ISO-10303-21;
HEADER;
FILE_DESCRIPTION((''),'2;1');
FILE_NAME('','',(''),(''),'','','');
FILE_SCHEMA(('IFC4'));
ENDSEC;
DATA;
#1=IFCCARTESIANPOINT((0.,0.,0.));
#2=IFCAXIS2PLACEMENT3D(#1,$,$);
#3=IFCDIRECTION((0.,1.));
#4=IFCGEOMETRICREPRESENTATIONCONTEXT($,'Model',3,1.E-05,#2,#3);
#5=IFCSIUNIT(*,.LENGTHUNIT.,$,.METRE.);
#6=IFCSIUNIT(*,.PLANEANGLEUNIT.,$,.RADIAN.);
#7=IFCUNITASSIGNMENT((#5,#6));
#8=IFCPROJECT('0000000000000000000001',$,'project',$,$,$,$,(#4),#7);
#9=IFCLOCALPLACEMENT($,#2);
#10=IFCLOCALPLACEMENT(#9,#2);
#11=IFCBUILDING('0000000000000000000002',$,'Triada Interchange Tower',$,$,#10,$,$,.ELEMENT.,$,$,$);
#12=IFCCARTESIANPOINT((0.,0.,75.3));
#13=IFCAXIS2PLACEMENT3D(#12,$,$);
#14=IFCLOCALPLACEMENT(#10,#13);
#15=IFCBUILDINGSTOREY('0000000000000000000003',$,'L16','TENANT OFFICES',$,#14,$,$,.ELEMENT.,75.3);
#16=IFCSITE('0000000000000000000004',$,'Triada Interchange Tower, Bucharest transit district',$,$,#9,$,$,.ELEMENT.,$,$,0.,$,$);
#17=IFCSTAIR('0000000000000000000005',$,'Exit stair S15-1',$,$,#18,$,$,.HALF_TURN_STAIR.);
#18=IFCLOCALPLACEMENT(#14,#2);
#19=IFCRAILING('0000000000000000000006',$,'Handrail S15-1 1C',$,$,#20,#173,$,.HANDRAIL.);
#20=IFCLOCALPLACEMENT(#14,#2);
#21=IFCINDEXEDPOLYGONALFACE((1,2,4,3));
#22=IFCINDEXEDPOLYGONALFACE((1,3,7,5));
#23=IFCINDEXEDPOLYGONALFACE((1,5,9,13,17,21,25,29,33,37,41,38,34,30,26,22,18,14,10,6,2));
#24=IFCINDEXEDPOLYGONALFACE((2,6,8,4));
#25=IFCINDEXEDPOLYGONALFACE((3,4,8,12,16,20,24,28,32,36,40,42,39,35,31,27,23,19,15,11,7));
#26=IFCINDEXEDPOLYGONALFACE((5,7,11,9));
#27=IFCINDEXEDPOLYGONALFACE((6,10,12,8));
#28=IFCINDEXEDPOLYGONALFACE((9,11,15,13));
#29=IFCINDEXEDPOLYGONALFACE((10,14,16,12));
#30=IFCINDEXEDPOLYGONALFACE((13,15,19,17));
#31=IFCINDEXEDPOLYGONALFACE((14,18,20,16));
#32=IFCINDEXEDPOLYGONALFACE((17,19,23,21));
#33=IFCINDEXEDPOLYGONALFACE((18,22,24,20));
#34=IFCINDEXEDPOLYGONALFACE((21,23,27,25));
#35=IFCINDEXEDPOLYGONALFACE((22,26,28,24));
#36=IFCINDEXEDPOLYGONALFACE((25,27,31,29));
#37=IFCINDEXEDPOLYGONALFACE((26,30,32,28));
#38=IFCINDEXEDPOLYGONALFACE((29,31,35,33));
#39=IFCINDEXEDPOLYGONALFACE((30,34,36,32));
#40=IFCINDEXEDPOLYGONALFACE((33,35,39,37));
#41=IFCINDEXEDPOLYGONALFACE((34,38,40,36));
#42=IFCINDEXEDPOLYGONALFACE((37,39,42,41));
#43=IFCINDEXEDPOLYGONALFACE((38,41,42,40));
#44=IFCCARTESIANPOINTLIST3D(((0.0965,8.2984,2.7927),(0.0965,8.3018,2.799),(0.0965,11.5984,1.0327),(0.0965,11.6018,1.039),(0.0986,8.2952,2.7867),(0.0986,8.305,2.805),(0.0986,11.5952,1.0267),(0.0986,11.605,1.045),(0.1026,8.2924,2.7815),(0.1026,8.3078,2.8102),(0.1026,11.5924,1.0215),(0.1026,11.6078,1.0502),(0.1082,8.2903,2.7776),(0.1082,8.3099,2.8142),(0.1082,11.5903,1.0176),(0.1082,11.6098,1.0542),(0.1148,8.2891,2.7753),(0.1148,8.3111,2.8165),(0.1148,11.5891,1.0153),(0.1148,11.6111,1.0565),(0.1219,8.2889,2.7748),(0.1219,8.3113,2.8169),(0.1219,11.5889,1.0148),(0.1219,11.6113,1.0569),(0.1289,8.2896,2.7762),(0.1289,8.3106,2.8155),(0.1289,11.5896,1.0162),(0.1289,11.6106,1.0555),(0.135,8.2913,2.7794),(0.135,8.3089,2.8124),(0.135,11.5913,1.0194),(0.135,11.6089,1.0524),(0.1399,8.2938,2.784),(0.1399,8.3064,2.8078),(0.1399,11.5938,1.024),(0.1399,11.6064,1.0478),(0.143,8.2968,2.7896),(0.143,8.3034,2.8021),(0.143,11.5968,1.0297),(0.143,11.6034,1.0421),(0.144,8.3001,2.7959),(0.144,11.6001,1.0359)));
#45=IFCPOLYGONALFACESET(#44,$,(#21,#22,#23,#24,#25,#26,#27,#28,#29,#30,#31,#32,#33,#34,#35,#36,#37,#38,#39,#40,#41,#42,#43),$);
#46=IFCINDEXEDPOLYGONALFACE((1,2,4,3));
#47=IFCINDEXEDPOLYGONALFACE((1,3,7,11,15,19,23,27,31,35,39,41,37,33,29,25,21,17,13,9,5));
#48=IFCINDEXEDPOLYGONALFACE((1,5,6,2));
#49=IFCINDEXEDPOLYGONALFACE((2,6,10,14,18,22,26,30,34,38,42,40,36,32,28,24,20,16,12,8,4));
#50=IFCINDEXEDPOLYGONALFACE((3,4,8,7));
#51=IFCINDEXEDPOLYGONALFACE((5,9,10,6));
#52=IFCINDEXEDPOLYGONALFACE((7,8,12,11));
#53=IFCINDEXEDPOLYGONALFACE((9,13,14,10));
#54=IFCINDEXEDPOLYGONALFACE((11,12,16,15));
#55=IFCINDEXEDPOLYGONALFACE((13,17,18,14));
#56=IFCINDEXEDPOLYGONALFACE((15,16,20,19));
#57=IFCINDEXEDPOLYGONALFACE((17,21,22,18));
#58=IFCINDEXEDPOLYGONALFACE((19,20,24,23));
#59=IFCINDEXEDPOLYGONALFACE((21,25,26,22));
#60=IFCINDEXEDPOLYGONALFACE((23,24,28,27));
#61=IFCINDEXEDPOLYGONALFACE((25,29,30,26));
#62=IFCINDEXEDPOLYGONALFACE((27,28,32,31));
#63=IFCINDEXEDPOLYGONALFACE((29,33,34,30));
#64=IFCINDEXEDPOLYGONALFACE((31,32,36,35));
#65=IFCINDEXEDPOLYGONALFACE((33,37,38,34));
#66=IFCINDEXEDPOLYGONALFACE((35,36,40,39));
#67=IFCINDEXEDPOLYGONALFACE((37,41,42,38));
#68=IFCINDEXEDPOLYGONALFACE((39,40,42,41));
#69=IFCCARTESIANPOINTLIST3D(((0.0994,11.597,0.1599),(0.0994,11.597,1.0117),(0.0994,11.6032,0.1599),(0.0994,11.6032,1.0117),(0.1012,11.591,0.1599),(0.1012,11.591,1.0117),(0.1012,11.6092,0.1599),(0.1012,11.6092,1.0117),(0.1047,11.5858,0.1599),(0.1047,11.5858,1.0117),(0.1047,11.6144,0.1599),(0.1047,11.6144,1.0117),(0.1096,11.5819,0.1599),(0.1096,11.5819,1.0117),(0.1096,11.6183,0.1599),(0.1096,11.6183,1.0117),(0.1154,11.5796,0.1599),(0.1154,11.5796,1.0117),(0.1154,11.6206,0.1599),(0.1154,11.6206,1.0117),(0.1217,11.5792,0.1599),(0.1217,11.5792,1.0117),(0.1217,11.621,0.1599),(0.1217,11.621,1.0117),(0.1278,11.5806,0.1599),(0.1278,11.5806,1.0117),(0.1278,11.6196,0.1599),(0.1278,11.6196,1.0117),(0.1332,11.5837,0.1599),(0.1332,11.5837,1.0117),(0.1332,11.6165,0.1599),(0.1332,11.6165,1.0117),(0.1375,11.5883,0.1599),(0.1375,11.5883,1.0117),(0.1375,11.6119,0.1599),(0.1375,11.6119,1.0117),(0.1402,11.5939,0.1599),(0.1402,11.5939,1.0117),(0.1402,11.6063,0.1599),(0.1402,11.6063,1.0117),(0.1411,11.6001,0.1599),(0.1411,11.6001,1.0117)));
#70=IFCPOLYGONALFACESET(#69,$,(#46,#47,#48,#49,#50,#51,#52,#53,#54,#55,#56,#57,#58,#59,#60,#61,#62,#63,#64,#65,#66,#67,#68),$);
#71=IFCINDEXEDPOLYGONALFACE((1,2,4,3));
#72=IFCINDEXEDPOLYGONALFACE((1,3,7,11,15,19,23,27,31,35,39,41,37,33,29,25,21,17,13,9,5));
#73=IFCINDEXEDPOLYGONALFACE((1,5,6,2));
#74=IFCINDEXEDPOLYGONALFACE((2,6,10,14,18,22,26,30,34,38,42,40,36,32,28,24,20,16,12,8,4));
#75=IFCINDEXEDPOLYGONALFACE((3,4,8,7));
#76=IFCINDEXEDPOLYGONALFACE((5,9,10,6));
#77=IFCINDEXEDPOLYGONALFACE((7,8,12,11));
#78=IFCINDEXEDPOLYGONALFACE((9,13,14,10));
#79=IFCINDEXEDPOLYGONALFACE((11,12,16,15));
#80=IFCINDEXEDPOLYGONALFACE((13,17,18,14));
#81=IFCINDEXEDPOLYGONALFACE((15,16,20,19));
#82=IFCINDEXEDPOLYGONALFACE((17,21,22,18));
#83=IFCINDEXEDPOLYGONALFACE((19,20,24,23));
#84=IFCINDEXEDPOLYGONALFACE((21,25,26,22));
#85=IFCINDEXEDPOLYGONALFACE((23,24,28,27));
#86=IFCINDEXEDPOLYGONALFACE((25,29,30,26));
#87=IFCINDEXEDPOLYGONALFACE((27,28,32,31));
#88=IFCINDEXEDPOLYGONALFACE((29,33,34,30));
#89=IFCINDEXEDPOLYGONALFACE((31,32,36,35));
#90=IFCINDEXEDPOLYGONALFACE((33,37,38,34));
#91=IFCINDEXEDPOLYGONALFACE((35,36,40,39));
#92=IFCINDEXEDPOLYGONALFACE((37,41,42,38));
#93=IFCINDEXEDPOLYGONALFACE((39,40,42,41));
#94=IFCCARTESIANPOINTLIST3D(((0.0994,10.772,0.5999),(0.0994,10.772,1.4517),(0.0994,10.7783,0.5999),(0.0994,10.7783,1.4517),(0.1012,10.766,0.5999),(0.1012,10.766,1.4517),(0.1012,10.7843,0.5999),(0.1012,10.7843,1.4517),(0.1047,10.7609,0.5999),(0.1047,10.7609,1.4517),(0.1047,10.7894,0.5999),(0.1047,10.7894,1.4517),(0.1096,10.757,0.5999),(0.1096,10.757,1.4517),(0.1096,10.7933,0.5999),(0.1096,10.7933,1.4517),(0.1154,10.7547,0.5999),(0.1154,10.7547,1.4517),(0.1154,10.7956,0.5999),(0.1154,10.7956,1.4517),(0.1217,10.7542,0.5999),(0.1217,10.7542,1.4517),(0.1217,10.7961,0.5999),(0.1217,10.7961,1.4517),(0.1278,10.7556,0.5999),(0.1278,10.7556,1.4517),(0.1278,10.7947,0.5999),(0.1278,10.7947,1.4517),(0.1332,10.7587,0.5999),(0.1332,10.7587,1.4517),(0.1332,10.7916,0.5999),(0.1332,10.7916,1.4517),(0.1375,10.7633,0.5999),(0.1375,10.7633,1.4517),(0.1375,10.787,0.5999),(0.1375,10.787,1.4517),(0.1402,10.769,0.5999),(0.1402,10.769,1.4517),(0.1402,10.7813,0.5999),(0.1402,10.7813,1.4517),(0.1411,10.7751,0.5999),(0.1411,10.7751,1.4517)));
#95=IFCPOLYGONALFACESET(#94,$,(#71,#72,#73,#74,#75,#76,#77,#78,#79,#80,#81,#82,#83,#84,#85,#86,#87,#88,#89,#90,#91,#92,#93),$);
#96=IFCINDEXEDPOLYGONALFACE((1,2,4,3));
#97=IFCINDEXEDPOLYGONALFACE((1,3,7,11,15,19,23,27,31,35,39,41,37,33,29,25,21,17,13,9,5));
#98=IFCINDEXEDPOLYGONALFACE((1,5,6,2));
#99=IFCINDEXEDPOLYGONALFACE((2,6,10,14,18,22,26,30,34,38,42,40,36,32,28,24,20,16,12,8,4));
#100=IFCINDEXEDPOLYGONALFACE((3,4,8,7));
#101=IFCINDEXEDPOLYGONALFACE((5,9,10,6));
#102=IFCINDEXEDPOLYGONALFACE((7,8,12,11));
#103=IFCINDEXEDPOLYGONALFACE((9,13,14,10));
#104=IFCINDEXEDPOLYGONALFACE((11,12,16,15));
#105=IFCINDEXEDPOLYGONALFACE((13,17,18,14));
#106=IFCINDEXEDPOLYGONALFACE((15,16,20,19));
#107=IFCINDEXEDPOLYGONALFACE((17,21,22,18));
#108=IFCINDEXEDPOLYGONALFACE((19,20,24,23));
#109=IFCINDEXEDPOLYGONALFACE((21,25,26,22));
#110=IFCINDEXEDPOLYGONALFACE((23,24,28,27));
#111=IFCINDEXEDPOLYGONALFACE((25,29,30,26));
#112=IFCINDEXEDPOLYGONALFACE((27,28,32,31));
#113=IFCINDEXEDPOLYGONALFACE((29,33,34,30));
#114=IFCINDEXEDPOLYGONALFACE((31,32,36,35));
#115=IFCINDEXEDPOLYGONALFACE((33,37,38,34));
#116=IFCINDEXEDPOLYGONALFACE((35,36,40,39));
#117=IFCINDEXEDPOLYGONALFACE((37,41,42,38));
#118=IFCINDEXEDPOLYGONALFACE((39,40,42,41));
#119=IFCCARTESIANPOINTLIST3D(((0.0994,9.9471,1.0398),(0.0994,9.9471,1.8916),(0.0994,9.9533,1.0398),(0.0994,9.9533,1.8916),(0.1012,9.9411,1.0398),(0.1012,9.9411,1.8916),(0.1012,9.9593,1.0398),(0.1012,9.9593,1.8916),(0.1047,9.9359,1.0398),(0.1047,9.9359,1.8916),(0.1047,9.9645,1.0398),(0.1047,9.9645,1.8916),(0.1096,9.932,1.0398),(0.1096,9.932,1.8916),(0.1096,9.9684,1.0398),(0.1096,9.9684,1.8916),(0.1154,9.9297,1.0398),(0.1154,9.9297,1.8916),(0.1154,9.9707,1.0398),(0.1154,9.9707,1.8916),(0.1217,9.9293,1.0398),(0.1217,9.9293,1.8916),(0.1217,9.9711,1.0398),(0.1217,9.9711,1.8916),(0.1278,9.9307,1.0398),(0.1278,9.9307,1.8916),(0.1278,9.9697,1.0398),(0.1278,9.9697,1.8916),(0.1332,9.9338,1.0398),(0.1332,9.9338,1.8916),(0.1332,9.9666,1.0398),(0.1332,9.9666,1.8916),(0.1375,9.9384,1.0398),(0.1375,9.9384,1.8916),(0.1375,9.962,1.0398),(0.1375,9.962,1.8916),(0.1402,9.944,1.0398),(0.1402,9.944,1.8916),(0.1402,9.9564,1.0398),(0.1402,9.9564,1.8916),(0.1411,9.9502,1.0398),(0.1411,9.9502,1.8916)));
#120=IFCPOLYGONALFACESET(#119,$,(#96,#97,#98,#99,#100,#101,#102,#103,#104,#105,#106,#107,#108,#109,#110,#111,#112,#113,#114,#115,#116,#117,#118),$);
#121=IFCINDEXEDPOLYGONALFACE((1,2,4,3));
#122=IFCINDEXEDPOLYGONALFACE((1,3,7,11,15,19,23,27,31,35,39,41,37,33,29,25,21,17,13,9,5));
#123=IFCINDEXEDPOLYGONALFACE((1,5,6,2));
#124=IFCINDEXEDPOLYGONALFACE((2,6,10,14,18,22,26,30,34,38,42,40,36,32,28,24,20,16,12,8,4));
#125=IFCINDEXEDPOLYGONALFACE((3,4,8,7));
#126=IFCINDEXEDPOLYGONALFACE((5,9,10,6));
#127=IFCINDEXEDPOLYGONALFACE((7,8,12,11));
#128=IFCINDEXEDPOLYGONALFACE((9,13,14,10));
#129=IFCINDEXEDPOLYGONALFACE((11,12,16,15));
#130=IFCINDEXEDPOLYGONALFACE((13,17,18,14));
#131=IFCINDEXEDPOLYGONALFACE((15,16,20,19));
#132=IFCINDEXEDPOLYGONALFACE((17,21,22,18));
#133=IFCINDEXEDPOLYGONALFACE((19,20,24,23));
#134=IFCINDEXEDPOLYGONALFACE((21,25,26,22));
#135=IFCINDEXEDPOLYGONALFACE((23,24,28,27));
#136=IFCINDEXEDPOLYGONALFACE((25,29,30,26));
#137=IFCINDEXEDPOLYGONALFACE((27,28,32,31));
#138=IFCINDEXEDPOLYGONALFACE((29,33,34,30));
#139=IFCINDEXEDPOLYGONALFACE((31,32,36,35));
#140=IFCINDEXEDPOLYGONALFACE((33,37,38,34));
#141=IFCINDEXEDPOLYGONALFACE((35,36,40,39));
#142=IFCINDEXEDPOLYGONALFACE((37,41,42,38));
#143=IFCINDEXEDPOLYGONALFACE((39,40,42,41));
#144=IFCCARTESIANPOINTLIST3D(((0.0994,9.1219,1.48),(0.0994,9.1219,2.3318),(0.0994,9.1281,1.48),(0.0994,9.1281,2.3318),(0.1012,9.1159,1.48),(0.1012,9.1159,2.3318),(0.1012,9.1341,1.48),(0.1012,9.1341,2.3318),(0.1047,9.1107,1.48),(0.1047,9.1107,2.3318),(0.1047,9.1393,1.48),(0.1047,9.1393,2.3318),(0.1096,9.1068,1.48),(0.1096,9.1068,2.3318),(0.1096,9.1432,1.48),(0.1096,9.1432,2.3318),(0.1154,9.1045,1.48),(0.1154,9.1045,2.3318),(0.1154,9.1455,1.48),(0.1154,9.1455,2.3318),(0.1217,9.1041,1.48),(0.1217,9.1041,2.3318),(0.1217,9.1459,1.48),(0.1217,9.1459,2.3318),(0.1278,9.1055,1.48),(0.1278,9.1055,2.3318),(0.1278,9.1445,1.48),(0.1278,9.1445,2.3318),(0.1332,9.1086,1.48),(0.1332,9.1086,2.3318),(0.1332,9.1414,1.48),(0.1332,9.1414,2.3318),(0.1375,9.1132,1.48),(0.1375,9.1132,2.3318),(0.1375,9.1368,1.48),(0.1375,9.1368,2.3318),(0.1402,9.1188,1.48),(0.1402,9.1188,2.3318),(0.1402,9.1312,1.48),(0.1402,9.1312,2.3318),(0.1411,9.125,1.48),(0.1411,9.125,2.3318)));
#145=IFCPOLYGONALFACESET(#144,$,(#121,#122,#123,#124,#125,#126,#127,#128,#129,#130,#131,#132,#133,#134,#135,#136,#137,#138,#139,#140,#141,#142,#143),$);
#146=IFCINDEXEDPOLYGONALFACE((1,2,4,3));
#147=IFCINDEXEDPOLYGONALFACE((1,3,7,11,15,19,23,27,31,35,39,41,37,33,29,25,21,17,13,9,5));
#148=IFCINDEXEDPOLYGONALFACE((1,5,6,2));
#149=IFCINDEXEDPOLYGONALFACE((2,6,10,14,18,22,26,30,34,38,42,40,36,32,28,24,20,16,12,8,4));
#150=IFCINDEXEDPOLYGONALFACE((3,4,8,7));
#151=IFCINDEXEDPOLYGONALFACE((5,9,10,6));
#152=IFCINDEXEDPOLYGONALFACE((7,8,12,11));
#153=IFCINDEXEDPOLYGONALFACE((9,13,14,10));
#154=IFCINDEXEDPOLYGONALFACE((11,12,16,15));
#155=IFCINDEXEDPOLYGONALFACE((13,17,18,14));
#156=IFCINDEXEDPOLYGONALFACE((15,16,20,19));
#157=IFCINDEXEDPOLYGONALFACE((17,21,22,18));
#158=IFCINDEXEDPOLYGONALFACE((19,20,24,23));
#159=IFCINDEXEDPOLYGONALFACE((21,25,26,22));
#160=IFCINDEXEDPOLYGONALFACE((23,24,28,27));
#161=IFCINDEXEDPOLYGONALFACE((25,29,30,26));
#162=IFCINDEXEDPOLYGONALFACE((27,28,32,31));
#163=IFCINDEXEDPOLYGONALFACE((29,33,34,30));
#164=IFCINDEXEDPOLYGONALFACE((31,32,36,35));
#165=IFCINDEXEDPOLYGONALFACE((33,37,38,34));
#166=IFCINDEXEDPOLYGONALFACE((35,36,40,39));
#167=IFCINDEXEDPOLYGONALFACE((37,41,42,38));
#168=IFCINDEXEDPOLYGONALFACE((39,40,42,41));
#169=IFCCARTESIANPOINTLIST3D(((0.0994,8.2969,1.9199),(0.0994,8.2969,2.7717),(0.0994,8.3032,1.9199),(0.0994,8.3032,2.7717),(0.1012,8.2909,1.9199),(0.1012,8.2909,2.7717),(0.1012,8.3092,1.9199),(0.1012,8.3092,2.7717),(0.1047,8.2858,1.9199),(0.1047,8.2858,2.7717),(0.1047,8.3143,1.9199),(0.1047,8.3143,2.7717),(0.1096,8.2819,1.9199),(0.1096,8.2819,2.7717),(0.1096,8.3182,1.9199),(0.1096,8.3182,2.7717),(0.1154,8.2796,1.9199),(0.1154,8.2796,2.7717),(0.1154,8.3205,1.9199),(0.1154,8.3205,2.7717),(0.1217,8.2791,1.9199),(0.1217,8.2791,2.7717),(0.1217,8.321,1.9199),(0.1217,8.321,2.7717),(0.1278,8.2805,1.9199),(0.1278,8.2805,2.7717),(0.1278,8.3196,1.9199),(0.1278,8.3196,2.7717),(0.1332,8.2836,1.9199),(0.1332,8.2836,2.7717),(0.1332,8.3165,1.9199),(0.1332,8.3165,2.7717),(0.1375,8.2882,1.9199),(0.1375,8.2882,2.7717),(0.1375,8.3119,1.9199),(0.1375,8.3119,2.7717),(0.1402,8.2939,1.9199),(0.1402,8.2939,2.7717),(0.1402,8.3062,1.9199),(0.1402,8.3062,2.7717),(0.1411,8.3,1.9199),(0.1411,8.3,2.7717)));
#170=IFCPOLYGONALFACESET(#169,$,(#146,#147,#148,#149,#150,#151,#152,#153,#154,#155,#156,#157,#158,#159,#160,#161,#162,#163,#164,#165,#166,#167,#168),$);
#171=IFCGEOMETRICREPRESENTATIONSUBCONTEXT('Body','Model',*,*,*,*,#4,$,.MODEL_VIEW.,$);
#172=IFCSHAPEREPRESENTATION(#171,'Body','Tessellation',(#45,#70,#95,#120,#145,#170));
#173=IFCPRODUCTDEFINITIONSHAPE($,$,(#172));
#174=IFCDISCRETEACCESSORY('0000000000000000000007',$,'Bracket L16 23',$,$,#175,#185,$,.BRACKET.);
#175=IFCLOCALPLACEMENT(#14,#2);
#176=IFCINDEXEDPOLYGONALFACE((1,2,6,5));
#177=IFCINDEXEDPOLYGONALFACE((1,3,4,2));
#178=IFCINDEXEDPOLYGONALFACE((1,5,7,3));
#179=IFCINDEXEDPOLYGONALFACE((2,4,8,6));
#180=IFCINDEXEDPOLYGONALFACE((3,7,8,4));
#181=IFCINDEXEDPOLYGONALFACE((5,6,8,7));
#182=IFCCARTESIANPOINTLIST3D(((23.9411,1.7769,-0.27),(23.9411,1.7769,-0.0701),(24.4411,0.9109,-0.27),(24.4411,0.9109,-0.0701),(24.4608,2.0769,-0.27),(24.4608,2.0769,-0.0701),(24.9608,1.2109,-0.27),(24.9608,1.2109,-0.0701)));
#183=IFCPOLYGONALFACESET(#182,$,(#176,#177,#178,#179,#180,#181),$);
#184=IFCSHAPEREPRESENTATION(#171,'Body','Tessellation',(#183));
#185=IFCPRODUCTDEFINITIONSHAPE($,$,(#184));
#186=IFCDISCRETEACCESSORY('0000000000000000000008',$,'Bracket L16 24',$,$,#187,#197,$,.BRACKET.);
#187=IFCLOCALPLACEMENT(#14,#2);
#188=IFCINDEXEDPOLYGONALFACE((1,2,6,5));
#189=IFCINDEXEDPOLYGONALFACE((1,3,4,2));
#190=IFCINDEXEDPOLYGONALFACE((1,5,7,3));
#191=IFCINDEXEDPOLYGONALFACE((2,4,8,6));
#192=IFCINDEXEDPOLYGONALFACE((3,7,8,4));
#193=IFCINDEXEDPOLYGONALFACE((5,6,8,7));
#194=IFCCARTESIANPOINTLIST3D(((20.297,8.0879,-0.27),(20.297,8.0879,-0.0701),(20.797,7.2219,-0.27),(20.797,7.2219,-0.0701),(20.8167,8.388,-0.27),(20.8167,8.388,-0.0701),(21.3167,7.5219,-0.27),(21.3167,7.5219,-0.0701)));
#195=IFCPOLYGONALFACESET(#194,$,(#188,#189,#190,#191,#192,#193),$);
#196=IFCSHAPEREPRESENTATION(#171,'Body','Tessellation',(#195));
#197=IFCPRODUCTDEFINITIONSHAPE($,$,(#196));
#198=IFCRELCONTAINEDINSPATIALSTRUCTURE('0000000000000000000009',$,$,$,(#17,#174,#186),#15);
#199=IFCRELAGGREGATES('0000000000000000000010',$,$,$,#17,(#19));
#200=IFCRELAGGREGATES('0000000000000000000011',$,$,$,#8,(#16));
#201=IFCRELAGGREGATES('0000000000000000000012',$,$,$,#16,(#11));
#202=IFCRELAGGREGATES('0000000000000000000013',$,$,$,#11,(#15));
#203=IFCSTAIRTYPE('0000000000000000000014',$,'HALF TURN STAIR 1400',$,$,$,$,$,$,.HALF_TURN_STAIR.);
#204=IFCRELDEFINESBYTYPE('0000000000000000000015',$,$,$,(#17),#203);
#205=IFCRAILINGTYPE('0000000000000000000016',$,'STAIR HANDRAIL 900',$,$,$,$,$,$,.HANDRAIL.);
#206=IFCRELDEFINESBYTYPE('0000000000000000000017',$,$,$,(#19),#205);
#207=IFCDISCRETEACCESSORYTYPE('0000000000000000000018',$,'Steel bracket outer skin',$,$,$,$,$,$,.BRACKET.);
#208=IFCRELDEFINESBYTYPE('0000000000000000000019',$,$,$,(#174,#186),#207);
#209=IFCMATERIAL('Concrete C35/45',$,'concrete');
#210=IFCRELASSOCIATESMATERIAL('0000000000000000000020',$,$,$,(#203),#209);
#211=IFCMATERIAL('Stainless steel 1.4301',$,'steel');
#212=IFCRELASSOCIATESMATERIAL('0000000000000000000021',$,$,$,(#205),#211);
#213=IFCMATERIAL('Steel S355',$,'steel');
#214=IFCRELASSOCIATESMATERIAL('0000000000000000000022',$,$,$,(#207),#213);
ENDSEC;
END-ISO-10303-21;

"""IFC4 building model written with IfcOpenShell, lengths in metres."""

from ifc_helpers import new_model, si_unit, direction, frame, origin, origin_2d, place, context, subcontext, project, spatial, rectangle, circle, extrude, material, type_object, element, aggregate, save


model = new_model("IFC4")

# Units and contexts
model_context = context("Model", 3, precision=1e-05, world=origin(), true_north=direction((0.0, 1.0)))
body_context = subcontext(model_context, "Body", "Model", "MODEL_VIEW")
ifc_project = project(units=[si_unit("LENGTHUNIT", "METRE"), si_unit("PLANEANGLEUNIT", "RADIAN")], contexts=[model_context])

# Site, building, storey
site_placement = place(None, origin())
site = spatial("IfcSite", under=ifc_project, at=site_placement, Name="Triada Interchange Tower, Bucharest transit district", CompositionType="ELEMENT", RefElevation=0.0)
building_placement = place(site_placement, origin())
building = spatial("IfcBuilding", under=site, at=building_placement, Name="Triada Interchange Tower", CompositionType="ELEMENT")
storey_placement = place(building_placement, frame((0.0, 0.0, 75.3)))
storey = spatial("IfcBuildingStorey", under=building, at=storey_placement, Name="L16", Description="TENANT OFFICES", CompositionType="ELEMENT", Elevation=75.3)

# Stair
ifc_material_1 = material(Name="Concrete C35/45", Category="concrete")
stair_type = type_object("IfcStairType", Name="HALF TURN STAIR 1400", PredefinedType="HALF_TURN_STAIR", material=ifc_material_1)
stair_1_placement = place(storey_placement, origin())
stair_1 = element("IfcStair", 1, at=stair_1_placement, inside=storey, type_object=stair_type, Name="Exit stair S15-1", PredefinedType="HALF_TURN_STAIR")

# Railing
ifc_material_2 = material(Name="Stainless steel 1.4301", Category="steel")
railing_type = type_object("IfcRailingType", Name="STAIR HANDRAIL 900", PredefinedType="HANDRAIL", material=ifc_material_2)
railing_1_placement = place(storey_placement, frame((0.1201, 11.6001, 0.1599)))
railing_1 = element("IfcRailing", 2, at=railing_1_placement, type_object=railing_type, Name="Handrail S15-1 1C", PredefinedType="HANDRAIL", context=body_context, shape_type="SweptSolid", body=[
    extrude(circle(Radius=0.0239, at=origin_2d()), frame((0.0, 0.0, 0.876), z_axis=(0.0, -0.882355, 0.470585), x_axis=(1.0, 0.0, 0.0)), (0.0, 0.0, 1.0), 3.74),
    extrude(circle(Radius=0.021, at=origin_2d()), origin(), (0.0, 0.0, 1.0), 0.8518),
    extrude(circle(Radius=0.021, at=origin_2d()), frame((0.0, -0.825, 0.4399)), (0.0, 0.0, 1.0), 0.8518),
    extrude(circle(Radius=0.021, at=origin_2d()), frame((0.0, -1.6499, 0.8799)), (0.0, 0.0, 1.0), 0.8518),
    extrude(circle(Radius=0.021, at=origin_2d()), frame((0.0, -2.4751, 1.3201)), (0.0, 0.0, 1.0), 0.8518),
    extrude(circle(Radius=0.021, at=origin_2d()), frame((0.0, -3.3, 1.76)), (0.0, 0.0, 1.0), 0.8518),
])
aggregate(stair_1, [railing_1])

# Discrete accessories
ifc_material_3 = material(Name="Steel S355", Category="steel")
discrete_accessory_type = type_object("IfcDiscreteAccessoryType", Name="Steel bracket outer skin", PredefinedType="BRACKET", material=ifc_material_3)
for number, where, z_axis, x_axis, name in (
    (3, (24.4509, 1.4939, -0.27), (0.0, 0.0, 1.0), (0.866027, 0.499997, 0.0), "Bracket L16 23"),
    (4, (20.8069, 7.8049, -0.27), (0.0, 0.0, 1.0), (0.866027, 0.499997, 0.0), "Bracket L16 24"),
):
    element("IfcDiscreteAccessory", number, at=place(storey_placement, frame(where, z_axis=z_axis, x_axis=x_axis)), inside=storey, type_object=discrete_accessory_type, Name=name, PredefinedType="BRACKET", context=body_context, shape_type="SweptSolid", body=[
        extrude(rectangle(XDim=0.6001, YDim=1.0, at=origin_2d()), origin(), (0.0, 0.0, 1.0), 0.2),
    ])

save(model, "model.ifc")
